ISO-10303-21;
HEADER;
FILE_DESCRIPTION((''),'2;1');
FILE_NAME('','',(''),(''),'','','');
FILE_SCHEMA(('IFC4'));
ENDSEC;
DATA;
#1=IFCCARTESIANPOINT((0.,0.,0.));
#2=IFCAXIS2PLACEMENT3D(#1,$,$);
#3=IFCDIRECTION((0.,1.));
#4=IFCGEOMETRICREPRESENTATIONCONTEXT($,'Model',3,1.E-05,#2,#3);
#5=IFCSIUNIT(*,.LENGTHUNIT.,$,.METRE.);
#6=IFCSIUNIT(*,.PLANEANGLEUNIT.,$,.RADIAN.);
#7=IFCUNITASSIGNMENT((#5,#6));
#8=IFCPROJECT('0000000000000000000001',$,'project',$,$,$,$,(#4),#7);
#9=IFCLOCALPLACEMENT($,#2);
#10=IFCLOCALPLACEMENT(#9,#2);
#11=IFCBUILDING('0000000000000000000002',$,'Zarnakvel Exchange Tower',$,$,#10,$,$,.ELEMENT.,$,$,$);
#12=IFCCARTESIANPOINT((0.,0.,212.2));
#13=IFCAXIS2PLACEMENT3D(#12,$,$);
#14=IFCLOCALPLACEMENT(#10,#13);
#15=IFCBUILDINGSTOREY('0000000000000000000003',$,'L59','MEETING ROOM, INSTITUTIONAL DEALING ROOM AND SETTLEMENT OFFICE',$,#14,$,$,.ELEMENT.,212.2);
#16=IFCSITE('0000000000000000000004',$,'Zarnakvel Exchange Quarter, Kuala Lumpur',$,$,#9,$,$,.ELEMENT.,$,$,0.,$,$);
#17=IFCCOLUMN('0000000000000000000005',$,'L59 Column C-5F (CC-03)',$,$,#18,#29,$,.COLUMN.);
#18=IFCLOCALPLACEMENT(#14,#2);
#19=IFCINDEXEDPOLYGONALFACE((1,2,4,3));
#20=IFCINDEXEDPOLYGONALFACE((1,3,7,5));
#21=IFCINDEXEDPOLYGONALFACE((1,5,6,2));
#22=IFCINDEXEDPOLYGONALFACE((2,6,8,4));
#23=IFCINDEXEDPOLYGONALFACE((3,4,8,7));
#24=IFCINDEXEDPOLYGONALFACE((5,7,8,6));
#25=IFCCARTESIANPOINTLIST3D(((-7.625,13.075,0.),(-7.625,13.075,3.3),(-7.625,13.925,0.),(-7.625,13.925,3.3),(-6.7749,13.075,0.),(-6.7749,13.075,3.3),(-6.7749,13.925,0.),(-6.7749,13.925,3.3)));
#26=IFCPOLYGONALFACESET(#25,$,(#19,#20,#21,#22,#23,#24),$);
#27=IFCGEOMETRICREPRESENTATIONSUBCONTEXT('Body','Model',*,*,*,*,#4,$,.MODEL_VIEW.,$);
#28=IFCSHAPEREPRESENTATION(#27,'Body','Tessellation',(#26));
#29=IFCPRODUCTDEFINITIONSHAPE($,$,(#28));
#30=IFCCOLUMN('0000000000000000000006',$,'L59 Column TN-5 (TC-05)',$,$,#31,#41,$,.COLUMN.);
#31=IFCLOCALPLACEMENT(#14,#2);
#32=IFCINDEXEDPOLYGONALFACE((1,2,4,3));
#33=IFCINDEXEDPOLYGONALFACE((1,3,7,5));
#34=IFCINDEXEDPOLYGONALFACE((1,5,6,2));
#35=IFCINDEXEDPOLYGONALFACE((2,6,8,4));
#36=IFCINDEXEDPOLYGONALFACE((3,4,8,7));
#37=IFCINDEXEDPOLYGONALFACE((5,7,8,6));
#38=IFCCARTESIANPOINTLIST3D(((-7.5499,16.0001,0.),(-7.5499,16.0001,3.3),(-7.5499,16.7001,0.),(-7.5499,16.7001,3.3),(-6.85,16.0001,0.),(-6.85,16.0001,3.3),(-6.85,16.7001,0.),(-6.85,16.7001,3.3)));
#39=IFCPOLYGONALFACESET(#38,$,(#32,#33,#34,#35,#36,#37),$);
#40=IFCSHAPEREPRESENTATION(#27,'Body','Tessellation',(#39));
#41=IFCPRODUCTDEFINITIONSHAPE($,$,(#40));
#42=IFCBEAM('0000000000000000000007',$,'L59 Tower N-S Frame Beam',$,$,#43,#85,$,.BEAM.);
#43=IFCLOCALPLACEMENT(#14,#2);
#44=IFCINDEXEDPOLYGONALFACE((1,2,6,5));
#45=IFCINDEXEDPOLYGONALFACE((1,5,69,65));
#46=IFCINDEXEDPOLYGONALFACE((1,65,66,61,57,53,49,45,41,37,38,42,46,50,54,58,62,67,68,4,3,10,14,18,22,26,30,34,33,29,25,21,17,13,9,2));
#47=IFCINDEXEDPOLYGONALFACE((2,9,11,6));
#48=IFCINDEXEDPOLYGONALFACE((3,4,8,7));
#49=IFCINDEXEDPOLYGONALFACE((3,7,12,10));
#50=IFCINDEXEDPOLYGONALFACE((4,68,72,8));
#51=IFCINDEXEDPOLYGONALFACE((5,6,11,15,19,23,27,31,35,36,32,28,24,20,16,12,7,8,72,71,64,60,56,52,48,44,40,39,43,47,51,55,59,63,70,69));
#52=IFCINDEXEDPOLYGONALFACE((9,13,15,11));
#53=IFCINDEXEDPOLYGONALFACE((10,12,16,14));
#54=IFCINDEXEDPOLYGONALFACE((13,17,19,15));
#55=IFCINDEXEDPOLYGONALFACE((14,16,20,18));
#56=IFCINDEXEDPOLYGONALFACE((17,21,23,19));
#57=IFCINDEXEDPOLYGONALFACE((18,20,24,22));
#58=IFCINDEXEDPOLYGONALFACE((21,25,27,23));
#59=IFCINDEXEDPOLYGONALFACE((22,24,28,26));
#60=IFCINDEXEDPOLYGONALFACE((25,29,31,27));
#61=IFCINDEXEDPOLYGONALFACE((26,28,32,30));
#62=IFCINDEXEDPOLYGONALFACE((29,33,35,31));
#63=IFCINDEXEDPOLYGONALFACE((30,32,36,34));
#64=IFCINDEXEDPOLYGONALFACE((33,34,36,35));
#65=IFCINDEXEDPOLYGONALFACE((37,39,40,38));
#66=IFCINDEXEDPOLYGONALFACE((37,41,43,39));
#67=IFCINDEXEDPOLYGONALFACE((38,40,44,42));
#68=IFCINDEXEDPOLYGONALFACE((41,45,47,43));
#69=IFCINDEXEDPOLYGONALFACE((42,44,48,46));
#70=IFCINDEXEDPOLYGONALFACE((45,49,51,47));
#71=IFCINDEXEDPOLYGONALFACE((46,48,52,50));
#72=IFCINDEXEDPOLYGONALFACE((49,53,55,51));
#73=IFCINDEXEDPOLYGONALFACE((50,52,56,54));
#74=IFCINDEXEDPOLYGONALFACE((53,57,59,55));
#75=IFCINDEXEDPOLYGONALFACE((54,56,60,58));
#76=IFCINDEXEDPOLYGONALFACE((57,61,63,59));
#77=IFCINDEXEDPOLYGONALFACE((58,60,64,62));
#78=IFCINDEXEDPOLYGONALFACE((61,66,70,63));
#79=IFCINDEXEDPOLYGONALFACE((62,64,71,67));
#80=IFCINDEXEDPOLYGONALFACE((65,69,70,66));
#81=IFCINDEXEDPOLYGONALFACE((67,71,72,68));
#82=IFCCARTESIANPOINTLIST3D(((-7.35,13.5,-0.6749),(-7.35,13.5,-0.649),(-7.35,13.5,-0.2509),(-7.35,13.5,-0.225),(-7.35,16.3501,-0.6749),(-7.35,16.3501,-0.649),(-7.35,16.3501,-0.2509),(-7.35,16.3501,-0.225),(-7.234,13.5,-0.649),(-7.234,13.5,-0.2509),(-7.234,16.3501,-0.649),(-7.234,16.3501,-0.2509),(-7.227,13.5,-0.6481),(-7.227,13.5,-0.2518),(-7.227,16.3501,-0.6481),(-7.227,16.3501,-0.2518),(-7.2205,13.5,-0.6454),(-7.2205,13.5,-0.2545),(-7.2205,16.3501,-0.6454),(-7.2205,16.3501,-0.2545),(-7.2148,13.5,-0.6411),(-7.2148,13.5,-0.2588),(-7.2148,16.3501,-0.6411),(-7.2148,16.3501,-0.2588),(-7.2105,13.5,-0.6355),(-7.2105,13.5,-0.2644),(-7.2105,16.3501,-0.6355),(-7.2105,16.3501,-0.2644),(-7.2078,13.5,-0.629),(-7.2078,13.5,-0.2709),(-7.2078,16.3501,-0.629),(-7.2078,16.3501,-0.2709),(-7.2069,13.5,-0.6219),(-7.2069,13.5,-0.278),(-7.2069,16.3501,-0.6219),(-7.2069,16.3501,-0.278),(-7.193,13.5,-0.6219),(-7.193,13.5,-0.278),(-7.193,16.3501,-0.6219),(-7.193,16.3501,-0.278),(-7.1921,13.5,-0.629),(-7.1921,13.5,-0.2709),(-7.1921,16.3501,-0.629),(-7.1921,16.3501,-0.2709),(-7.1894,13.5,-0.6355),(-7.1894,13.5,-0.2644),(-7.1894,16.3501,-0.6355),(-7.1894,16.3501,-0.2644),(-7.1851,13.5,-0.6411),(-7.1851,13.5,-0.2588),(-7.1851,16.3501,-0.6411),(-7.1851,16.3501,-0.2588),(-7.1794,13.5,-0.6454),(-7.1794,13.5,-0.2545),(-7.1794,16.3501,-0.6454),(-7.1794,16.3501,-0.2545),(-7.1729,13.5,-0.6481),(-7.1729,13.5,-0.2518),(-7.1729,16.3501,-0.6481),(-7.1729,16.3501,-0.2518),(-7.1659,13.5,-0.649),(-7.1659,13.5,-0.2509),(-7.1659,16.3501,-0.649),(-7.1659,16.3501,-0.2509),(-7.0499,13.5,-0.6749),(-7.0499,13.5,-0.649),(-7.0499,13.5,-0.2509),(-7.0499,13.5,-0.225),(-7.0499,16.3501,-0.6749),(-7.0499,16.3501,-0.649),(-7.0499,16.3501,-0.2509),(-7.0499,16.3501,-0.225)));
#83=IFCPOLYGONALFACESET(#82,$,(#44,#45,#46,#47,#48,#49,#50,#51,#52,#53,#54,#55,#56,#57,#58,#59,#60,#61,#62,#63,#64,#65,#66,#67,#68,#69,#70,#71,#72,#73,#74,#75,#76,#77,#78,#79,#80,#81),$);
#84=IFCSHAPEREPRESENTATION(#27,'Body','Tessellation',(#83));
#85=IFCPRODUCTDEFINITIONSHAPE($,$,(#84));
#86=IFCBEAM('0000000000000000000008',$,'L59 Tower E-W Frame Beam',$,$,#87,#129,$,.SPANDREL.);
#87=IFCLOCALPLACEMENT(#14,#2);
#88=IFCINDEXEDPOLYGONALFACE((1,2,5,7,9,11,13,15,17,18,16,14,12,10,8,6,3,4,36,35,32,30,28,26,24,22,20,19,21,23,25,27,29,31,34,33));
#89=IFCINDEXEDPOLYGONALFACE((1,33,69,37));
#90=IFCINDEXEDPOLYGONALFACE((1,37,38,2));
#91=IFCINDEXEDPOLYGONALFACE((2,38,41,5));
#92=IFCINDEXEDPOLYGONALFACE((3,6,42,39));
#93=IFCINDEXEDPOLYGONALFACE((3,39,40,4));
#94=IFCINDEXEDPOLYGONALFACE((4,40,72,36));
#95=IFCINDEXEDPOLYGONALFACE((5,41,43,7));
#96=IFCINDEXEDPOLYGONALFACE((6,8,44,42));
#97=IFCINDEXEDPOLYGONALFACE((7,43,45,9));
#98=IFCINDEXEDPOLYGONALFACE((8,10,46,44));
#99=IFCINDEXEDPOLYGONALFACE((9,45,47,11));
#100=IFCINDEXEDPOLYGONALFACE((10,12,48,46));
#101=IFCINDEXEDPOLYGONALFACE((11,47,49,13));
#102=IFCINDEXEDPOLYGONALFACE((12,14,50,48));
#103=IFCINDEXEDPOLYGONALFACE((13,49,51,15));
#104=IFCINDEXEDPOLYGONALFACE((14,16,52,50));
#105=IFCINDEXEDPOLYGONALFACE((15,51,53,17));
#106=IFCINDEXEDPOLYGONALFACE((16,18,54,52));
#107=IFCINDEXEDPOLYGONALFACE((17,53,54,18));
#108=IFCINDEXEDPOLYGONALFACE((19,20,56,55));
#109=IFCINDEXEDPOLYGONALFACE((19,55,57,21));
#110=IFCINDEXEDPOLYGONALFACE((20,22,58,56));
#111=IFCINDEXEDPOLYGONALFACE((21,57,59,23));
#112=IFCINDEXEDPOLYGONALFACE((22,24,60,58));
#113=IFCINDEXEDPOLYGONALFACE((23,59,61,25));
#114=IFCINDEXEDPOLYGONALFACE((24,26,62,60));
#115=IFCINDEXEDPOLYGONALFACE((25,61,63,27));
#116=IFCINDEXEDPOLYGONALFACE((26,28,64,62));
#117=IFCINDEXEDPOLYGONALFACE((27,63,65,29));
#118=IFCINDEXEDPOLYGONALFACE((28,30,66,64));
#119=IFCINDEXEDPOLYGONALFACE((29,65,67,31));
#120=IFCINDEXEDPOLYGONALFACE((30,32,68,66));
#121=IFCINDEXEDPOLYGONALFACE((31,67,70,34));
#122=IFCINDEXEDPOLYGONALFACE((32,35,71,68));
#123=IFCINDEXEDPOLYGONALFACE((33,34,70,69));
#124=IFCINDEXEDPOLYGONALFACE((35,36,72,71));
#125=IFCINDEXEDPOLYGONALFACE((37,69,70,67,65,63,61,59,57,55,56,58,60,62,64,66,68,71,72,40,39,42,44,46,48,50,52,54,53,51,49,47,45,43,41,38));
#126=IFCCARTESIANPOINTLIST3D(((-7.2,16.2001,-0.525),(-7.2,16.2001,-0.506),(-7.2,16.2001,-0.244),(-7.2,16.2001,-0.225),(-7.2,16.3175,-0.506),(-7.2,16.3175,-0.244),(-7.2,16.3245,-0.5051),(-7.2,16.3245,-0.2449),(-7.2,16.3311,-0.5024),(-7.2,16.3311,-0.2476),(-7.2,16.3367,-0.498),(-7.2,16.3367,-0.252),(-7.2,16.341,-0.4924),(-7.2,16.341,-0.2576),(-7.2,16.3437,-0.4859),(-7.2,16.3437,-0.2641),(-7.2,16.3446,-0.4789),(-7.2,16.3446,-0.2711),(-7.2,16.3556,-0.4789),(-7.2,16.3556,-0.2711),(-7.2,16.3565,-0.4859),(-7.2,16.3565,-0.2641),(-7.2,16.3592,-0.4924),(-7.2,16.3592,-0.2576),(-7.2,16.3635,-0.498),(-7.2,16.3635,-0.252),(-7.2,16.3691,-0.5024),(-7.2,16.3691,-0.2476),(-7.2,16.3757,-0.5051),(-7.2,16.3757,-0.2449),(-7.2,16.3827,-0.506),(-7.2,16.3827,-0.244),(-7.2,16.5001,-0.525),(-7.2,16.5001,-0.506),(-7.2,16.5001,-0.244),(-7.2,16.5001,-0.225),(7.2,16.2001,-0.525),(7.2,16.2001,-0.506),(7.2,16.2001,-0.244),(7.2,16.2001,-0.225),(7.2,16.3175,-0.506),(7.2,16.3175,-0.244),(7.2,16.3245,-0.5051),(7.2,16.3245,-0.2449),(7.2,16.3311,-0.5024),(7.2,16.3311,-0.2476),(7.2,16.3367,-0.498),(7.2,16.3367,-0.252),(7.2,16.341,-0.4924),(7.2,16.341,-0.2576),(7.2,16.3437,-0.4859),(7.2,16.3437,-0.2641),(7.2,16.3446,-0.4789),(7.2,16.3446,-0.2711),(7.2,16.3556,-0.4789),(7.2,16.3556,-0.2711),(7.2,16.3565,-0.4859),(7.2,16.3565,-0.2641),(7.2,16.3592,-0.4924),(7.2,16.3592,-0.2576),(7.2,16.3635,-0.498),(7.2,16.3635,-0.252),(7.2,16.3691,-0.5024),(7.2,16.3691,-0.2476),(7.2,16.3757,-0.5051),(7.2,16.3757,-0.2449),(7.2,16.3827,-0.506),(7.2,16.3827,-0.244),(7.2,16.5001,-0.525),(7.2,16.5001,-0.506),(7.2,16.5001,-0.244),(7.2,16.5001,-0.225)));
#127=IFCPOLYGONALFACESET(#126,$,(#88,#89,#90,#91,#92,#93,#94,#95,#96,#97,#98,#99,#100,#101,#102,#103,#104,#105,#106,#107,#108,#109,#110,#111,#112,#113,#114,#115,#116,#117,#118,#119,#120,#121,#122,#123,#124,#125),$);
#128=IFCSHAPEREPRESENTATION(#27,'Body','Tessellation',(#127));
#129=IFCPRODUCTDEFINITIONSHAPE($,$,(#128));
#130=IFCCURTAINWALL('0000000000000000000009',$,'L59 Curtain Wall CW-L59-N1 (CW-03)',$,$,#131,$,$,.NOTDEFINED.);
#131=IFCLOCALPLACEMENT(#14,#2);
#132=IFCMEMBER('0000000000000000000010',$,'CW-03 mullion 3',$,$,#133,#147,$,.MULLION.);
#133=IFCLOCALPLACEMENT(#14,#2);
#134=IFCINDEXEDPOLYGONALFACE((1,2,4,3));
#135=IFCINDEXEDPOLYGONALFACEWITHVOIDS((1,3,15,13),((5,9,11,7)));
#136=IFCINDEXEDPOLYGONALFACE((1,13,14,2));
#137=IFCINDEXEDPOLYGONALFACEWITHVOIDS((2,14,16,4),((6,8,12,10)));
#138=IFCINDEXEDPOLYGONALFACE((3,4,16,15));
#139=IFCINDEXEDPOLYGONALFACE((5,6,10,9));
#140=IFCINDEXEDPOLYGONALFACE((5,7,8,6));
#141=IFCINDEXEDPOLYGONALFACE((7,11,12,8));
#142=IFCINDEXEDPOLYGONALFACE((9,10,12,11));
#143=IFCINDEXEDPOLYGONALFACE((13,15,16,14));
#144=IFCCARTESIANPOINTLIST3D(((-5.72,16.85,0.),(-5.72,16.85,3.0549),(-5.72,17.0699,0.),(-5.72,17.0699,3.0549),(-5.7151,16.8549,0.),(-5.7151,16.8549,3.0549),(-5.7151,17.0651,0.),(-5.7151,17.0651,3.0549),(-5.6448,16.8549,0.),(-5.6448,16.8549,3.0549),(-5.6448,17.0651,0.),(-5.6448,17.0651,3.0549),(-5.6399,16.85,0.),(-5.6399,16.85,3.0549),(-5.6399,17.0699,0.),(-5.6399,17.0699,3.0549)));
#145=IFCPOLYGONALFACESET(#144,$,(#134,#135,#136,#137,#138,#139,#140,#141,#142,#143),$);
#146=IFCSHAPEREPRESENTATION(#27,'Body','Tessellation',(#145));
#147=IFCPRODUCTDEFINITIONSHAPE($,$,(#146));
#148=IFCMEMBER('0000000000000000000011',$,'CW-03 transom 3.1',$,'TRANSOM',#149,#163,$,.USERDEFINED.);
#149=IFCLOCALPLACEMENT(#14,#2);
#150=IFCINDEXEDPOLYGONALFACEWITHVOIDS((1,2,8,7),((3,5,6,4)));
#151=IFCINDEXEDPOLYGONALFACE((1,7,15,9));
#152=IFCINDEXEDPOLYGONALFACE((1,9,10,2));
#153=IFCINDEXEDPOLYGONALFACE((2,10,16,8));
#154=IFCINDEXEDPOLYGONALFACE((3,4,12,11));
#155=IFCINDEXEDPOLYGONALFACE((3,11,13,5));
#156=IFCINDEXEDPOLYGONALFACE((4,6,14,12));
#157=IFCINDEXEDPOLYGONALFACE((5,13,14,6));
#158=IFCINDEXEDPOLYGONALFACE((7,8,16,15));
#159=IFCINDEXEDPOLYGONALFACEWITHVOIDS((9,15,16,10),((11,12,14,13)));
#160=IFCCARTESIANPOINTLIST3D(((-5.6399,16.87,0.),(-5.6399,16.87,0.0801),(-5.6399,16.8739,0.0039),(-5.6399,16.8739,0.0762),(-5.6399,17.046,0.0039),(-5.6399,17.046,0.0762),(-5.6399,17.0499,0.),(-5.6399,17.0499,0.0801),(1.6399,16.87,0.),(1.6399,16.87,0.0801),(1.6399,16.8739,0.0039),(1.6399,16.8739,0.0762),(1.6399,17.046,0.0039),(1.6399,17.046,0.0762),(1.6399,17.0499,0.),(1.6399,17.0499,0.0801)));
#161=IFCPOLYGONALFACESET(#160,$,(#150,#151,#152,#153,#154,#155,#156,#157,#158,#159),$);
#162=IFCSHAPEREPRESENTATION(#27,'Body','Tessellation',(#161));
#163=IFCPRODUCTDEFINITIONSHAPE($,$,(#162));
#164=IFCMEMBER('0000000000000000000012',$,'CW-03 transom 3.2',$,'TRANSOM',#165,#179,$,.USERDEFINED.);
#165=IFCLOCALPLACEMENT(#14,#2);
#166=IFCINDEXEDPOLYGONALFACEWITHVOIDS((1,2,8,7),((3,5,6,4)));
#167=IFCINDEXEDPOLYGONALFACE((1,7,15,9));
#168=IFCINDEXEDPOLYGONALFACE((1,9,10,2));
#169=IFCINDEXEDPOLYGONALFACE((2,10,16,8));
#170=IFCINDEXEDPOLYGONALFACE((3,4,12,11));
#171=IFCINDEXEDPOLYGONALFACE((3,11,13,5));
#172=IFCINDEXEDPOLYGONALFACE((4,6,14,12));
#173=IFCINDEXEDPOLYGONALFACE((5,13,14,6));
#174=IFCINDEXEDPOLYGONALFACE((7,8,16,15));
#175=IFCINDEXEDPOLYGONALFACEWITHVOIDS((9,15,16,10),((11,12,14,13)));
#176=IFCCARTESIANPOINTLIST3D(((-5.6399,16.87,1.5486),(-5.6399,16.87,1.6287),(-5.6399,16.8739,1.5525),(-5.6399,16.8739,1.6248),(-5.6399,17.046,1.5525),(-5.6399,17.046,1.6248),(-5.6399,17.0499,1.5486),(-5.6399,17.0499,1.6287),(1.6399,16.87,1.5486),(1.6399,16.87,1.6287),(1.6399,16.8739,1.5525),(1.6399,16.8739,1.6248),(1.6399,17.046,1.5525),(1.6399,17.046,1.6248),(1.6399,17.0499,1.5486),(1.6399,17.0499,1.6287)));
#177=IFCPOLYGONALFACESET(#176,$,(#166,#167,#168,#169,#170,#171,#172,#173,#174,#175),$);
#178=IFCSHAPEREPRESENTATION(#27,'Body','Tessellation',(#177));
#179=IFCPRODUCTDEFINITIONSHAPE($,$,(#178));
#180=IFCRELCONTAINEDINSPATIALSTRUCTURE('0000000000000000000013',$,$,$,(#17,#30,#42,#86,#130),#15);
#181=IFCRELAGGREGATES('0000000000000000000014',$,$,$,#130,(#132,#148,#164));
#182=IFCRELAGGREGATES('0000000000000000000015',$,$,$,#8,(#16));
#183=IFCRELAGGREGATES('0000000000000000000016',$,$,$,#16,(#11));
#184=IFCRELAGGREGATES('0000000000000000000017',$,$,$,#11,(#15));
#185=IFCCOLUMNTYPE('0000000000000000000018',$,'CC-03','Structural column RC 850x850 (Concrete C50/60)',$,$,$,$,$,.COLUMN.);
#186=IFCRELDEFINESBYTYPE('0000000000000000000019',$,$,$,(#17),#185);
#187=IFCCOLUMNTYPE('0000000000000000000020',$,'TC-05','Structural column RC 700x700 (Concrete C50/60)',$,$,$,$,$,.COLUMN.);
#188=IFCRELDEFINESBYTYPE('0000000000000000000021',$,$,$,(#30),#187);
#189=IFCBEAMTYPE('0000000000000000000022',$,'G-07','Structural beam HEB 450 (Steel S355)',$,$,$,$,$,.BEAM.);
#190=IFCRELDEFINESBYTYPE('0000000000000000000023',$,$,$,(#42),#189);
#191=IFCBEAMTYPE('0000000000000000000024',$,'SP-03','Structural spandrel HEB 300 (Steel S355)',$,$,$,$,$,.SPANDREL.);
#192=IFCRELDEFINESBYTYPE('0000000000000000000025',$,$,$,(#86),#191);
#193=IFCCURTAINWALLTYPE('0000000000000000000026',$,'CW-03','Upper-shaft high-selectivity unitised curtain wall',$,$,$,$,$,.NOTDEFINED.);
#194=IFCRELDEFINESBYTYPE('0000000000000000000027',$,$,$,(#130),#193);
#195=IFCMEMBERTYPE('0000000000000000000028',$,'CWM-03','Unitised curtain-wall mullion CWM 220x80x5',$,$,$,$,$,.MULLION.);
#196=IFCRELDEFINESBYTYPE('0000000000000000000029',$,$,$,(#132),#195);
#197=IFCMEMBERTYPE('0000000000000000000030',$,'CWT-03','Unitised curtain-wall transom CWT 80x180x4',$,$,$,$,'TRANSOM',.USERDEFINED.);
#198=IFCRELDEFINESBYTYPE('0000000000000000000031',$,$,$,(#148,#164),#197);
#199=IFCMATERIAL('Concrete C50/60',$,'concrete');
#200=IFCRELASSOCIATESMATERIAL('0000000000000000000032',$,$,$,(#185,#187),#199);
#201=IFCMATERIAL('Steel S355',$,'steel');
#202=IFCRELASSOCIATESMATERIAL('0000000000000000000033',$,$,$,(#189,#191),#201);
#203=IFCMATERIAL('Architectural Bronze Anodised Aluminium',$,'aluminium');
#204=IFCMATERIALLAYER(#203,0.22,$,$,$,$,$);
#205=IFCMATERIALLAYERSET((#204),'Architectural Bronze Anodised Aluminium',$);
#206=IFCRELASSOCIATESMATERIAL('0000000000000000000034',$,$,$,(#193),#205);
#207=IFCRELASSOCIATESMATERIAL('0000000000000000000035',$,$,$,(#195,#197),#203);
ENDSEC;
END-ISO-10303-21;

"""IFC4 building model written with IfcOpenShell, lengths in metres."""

from ifc_helpers import new_model, si_unit, direction, frame, origin, origin_2d, place, context, subcontext, project, spatial, rectangle, hollow_rectangle, i_section, extrude, source, transform, mapped, material, layer, layer_set, material_profile, profile_set, type_object, element, aggregate, save


model = new_model("IFC4")

# Units and contexts
model_context = context("Model", 3, precision=1e-05, world=origin(), true_north=direction((0.0, 1.0)))
body_context = subcontext(model_context, "Body", "Model", "MODEL_VIEW")
ifc_project = project(units=[si_unit("LENGTHUNIT", "METRE"), si_unit("PLANEANGLEUNIT", "RADIAN")], contexts=[model_context])

# Site, building, storey
site_placement = place(None, origin())
site = spatial("IfcSite", under=ifc_project, at=site_placement, Name="Zarnakvel Exchange Quarter, Kuala Lumpur", CompositionType="ELEMENT", RefElevation=0.0)
building_placement = place(site_placement, origin())
building = spatial("IfcBuilding", under=site, at=building_placement, Name="Zarnakvel Exchange Tower", CompositionType="ELEMENT")
storey_placement = place(building_placement, frame((0.0, 0.0, 212.2)))
storey = spatial("IfcBuildingStorey", under=building, at=storey_placement, Name="L59", Description="MEETING ROOM, INSTITUTIONAL DEALING ROOM AND SETTLEMENT OFFICE", CompositionType="ELEMENT", Elevation=212.2)

# Columns
ifc_material_1 = material(Name="Concrete C50/60", Category="concrete")
ifc_material_profile_1 = material_profile(ifc_material_1, rectangle(XDim=0.8501, YDim=0.8501, at=origin_2d()))
ifc_profile_set_1 = profile_set([ifc_material_profile_1], Name="Concrete C50/60")
column_type_1 = type_object("IfcColumnType", Name="CC-03", Description="Structural column RC 850x850 (Concrete C50/60)", PredefinedType="COLUMN", material=ifc_profile_set_1)
column_1_placement = place(storey_placement, frame((-7.2, 13.5, 0.0), z_axis=(0.0, 0.0, 1.0), x_axis=(1.0, 0.0, 0.0)))
element("IfcColumn", 1, at=column_1_placement, inside=storey, type_object=column_type_1, Name="L59 Column C-5F (CC-03)", PredefinedType="COLUMN", context=body_context, shape_type="SweptSolid", body=[
    extrude(rectangle(XDim=0.8501, YDim=0.8501, at=origin_2d()), origin(), (0.0, 0.0, 1.0), 3.3),
])
ifc_material_profile_2 = material_profile(ifc_material_1, rectangle(XDim=0.7, YDim=0.7, at=origin_2d()))
ifc_profile_set_2 = profile_set([ifc_material_profile_2], Name="Concrete C50/60")
column_type_2 = type_object("IfcColumnType", Name="TC-05", Description="Structural column RC 700x700 (Concrete C50/60)", PredefinedType="COLUMN", material=ifc_profile_set_2)
column_2_placement = place(storey_placement, frame((-7.2, 16.3501, 0.0), z_axis=(0.0, 0.0, 1.0), x_axis=(1.0, 0.0, 0.0)))
element("IfcColumn", 2, at=column_2_placement, inside=storey, type_object=column_type_2, Name="L59 Column TN-5 (TC-05)", PredefinedType="COLUMN", context=body_context, shape_type="SweptSolid", body=[
    extrude(rectangle(XDim=0.7, YDim=0.7, at=origin_2d()), origin(), (0.0, 0.0, 1.0), 3.3),
])

# Beams
ifc_material_2 = material(Name="Steel S355", Category="steel")
ifc_material_profile_3 = material_profile(ifc_material_2, i_section(OverallWidth=0.3, OverallDepth=0.45, WebThickness=0.0139, FlangeThickness=0.0259, FilletRadius=0.0271, at=origin_2d()))
ifc_profile_set_3 = profile_set([ifc_material_profile_3], Name="Steel S355")
beam_type_1 = type_object("IfcBeamType", Name="G-07", Description="Structural beam HEB 450 (Steel S355)", PredefinedType="BEAM", material=ifc_profile_set_3)
beam_1_placement = place(storey_placement, frame((-7.2, 13.5, -0.45), z_axis=(0.0, 1.0, 0.0), x_axis=(-1.0, 0.0, 0.0)))
element("IfcBeam", 3, at=beam_1_placement, inside=storey, type_object=beam_type_1, Name="L59 Tower N-S Frame Beam", PredefinedType="BEAM", context=body_context, shape_type="SweptSolid", body=[
    extrude(i_section(OverallWidth=0.3, OverallDepth=0.45, WebThickness=0.0139, FlangeThickness=0.0259, FilletRadius=0.0271, at=origin_2d()), origin(), (0.0, 0.0, 1.0), 2.8501),
])
ifc_material_profile_4 = material_profile(ifc_material_2, i_section(OverallWidth=0.3, OverallDepth=0.3, WebThickness=0.011, FlangeThickness=0.019, FilletRadius=0.0271, at=origin_2d()))
ifc_profile_set_4 = profile_set([ifc_material_profile_4], Name="Steel S355")
beam_type_2 = type_object("IfcBeamType", Name="SP-03", Description="Structural spandrel HEB 300 (Steel S355)", PredefinedType="SPANDREL", material=ifc_profile_set_4)
beam_2_placement = place(storey_placement, frame((-7.2, 16.3501, -0.375), z_axis=(1.0, 0.0, 0.0), x_axis=(0.0, 1.0, 0.0)))
element("IfcBeam", 4, at=beam_2_placement, inside=storey, type_object=beam_type_2, Name="L59 Tower E-W Frame Beam", PredefinedType="SPANDREL", context=body_context, shape_type="SweptSolid", body=[
    extrude(i_section(OverallWidth=0.3, OverallDepth=0.3, WebThickness=0.011, FlangeThickness=0.019, FilletRadius=0.0271, at=origin_2d()), origin(), (0.0, 0.0, 1.0), 14.3999),
])

# Curtain wall, members
ifc_material_3 = material(Name="Architectural Bronze Anodised Aluminium", Category="aluminium")
ifc_layer_1 = layer(ifc_material_3, 0.22)
ifc_layer_set_1 = layer_set([ifc_layer_1], Name="Architectural Bronze Anodised Aluminium")
curtain_wall_type = type_object("IfcCurtainWallType", Name="CW-03", Description="Upper-shaft high-selectivity unitised curtain wall", PredefinedType="NOTDEFINED", material=ifc_layer_set_1)
curtain_wall_placement = place(storey_placement, origin())
curtain_wall = element("IfcCurtainWall", 5, at=curtain_wall_placement, inside=storey, type_object=curtain_wall_type, Name="L59 Curtain Wall CW-L59-N1 (CW-03)", PredefinedType="NOTDEFINED")
ifc_material_profile_5 = material_profile(ifc_material_3, hollow_rectangle(XDim=0.22, YDim=0.0801, WallThickness=0.0049, at=origin_2d()))
ifc_profile_set_5 = profile_set([ifc_material_profile_5], Name="Architectural Bronze Anodised Aluminium")
member_type_1 = type_object("IfcMemberType", Name="CWM-03", Description="Unitised curtain-wall mullion CWM 220x80x5", PredefinedType="MULLION", material=ifc_profile_set_5)
shared_shape_1 = source(origin(), body_context, "Body", "SweptSolid", [
    extrude(hollow_rectangle(XDim=0.22, YDim=0.0801, WallThickness=0.0049, at=origin_2d()), origin(), (0.0, 0.0, 1.0), 3.0549),
])
member_1_placement = place(storey_placement, frame((-5.6799, 16.96, 0.0), z_axis=(0.0, 0.0, 1.0), x_axis=(0.0, 1.0, 0.0)))
member_1 = element("IfcMember", 6, at=member_1_placement, type_object=member_type_1, Name="CW-03 mullion 3", PredefinedType="MULLION", context=body_context, shape_type="MappedRepresentation", body=[
    mapped(shared_shape_1, transform((0.0, 0.0, 0.0), x_axis=(1.0, 0.0, 0.0), y_axis=(0.0, 1.0, 0.0), z_axis=(0.0, 0.0, 1.0), scale=1.0)),
])
ifc_material_profile_6 = material_profile(ifc_material_3, hollow_rectangle(XDim=0.1799, YDim=0.0801, WallThickness=0.0039, at=origin_2d()))
ifc_profile_set_6 = profile_set([ifc_material_profile_6], Name="Architectural Bronze Anodised Aluminium")
member_type_2 = type_object("IfcMemberType", Name="CWT-03", Description="Unitised curtain-wall transom CWT 80x180x4", ElementType="TRANSOM", PredefinedType="USERDEFINED", material=ifc_profile_set_6)
shared_shape_2 = source(origin(), body_context, "Body", "SweptSolid", [
    extrude(hollow_rectangle(XDim=0.1799, YDim=0.0801, WallThickness=0.0039, at=origin_2d()), origin(), (0.0, 0.0, 1.0), 7.2798),
])
member_2_placement = place(storey_placement, frame((-5.6399, 16.96, 0.04), z_axis=(1.0, 0.0, 0.0), x_axis=(0.0, 1.0, 0.0)))
member_2 = element("IfcMember", 7, at=member_2_placement, type_object=member_type_2, Name="CW-03 transom 3.1", ObjectType="TRANSOM", PredefinedType="USERDEFINED", context=body_context, shape_type="MappedRepresentation", body=[
    mapped(shared_shape_2, transform((0.0, 0.0, 0.0), x_axis=(1.0, 0.0, 0.0), y_axis=(0.0, 1.0, 0.0), z_axis=(0.0, 0.0, 1.0), scale=1.0)),
])
member_3_placement = place(storey_placement, frame((-5.6399, 16.96, 1.5886), z_axis=(1.0, 0.0, 0.0), x_axis=(0.0, 1.0, 0.0)))
member_3 = element("IfcMember", 8, at=member_3_placement, type_object=member_type_2, Name="CW-03 transom 3.2", ObjectType="TRANSOM", PredefinedType="USERDEFINED", context=body_context, shape_type="MappedRepresentation", body=[
    mapped(shared_shape_2, transform((0.0, 0.0, 0.0), x_axis=(1.0, 0.0, 0.0), y_axis=(0.0, 1.0, 0.0), z_axis=(0.0, 0.0, 1.0), scale=1.0)),
])
aggregate(curtain_wall, [member_1, member_2, member_3])

save(model, "model.ifc")
